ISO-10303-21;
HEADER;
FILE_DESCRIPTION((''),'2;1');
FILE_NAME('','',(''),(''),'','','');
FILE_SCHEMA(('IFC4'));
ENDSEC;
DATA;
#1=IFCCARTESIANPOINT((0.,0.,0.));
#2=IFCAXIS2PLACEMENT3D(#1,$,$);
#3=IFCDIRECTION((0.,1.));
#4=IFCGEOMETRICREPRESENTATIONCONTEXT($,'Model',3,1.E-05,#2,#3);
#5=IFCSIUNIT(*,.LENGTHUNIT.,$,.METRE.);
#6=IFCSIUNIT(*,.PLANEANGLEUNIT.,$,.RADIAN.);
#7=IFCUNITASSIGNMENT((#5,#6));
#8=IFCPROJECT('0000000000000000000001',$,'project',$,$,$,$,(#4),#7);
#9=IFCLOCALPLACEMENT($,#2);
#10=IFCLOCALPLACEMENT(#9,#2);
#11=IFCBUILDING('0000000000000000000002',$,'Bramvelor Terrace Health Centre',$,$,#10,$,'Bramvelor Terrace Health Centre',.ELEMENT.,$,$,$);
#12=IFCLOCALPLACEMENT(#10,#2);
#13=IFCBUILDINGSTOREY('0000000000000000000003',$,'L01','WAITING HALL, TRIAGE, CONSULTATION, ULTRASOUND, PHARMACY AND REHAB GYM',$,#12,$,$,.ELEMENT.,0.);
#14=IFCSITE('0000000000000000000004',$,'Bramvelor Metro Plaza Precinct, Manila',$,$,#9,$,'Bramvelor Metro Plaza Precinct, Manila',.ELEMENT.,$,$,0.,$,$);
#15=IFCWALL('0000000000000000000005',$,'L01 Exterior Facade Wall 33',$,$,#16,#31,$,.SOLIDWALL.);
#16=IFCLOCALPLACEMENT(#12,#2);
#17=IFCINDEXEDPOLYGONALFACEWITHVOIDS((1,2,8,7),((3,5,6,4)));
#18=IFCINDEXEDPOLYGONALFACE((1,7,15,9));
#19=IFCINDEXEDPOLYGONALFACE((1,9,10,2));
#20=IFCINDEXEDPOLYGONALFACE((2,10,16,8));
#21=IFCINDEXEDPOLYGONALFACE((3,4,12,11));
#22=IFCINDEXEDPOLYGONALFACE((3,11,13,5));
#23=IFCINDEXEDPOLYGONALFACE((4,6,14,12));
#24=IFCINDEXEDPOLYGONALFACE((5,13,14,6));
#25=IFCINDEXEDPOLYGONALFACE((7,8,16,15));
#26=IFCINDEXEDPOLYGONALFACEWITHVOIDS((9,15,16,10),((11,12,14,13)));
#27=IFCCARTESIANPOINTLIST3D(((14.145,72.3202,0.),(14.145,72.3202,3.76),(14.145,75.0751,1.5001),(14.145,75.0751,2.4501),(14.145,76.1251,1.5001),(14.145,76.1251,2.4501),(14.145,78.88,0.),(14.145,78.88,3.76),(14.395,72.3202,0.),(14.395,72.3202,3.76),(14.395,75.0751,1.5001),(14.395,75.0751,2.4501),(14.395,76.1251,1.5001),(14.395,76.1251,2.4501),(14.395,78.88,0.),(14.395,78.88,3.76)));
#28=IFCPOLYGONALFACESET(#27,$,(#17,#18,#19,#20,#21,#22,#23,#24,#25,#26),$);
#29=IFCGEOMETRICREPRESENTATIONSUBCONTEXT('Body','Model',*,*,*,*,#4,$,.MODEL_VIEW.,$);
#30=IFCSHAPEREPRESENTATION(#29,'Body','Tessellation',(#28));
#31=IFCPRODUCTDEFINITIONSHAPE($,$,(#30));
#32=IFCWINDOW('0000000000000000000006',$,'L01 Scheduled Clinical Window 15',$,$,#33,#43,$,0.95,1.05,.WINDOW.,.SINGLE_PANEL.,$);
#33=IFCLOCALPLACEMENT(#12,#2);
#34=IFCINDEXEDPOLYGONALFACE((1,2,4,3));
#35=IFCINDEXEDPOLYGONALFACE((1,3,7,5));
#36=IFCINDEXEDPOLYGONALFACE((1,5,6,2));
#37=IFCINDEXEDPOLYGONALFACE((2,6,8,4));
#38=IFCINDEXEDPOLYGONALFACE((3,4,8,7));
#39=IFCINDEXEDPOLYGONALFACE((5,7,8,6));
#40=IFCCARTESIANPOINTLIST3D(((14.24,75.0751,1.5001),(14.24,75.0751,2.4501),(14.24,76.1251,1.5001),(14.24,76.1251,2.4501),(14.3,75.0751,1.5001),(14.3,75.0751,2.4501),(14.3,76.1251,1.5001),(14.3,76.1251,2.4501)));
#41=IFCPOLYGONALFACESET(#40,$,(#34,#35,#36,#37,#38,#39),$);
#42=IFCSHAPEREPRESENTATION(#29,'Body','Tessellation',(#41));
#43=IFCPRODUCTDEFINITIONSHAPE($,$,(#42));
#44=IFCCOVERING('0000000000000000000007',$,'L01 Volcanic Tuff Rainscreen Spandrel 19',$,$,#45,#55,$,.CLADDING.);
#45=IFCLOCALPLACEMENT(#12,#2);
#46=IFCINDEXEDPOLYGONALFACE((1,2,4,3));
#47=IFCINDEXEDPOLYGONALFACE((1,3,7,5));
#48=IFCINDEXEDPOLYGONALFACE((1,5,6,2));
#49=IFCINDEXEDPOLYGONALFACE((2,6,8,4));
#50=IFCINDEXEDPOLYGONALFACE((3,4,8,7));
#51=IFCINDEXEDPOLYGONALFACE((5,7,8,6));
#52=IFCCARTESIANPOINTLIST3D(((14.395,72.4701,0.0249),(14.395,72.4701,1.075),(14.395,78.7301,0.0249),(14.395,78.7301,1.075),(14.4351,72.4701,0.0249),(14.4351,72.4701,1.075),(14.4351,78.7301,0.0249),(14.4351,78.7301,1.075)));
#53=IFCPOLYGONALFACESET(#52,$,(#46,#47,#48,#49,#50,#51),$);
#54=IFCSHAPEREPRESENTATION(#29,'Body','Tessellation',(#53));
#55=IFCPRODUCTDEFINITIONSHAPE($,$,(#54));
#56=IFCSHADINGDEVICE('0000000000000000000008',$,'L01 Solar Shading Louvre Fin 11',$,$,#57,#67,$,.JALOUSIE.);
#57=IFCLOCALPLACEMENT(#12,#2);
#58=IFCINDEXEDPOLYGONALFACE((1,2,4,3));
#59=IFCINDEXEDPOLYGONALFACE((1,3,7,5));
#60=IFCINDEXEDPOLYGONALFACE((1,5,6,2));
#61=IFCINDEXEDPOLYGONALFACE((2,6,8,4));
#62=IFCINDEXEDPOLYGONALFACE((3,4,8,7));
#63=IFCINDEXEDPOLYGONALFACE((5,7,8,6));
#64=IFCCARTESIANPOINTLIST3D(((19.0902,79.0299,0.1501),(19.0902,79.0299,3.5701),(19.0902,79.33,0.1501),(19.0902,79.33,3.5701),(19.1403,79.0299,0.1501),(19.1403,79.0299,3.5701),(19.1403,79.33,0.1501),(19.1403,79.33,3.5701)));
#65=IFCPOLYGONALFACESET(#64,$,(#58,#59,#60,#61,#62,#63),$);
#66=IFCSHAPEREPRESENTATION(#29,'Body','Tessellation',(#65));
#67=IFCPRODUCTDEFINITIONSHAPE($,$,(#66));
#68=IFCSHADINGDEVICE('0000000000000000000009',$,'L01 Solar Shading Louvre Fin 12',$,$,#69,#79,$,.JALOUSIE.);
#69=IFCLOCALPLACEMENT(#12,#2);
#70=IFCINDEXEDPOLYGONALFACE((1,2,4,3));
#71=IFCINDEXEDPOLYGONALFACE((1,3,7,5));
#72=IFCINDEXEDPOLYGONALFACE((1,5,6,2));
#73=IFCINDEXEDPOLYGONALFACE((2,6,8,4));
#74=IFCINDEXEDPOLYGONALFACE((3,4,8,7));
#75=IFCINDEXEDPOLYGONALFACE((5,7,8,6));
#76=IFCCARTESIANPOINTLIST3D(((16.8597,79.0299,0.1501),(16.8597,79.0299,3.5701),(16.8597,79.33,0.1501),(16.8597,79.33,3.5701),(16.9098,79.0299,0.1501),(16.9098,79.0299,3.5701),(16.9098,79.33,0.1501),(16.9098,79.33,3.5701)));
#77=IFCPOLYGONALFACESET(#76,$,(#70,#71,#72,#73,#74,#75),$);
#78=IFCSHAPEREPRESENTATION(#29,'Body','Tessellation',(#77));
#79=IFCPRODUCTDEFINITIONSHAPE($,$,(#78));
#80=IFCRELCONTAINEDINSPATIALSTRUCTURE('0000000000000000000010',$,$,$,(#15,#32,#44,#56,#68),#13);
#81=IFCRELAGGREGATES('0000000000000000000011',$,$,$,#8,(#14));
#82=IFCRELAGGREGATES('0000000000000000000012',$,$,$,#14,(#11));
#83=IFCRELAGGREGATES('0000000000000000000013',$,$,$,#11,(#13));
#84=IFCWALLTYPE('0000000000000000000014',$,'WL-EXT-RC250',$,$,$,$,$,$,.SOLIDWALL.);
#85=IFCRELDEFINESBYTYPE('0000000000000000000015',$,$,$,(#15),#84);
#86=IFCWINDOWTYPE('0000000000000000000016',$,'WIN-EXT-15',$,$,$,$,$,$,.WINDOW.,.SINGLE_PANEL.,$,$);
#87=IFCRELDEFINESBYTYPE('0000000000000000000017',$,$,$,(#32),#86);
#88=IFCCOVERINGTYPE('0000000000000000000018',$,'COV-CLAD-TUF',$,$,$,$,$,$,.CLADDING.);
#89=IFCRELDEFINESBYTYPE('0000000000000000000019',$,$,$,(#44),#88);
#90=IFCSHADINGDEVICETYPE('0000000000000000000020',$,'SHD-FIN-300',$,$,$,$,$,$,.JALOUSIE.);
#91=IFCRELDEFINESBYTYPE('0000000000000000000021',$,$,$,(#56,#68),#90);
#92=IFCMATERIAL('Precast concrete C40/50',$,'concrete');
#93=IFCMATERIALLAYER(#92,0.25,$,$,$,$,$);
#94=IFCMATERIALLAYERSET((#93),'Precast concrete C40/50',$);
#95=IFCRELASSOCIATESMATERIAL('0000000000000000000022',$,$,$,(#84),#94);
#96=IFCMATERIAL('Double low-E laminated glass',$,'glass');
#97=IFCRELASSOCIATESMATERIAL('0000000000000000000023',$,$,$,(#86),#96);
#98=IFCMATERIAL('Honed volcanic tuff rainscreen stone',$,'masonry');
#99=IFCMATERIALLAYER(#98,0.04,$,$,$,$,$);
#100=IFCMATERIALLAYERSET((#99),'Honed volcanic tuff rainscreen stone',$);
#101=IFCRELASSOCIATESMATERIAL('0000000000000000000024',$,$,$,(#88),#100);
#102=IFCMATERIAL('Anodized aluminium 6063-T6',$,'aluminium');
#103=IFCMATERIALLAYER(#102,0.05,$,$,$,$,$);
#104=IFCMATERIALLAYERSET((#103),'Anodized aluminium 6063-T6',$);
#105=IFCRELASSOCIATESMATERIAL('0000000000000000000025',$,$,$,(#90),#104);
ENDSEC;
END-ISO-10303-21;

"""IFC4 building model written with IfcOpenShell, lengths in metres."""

from ifc_helpers import new_model, si_unit, direction, frame, frame_2d, origin, origin_2d, place, context, subcontext, project, spatial, rectangle, extrude, material, layer, layer_set, type_object, element, fill, save


model = new_model("IFC4")

# Units and contexts
model_context = context("Model", 3, precision=1e-05, world=origin(), true_north=direction((0.0, 1.0)))
body_context = subcontext(model_context, "Body", "Model", "MODEL_VIEW")
ifc_project = project(units=[si_unit("LENGTHUNIT", "METRE"), si_unit("PLANEANGLEUNIT", "RADIAN")], contexts=[model_context])

# Site, building, storey
site_placement = place(None, origin())
site = spatial("IfcSite", under=ifc_project, at=site_placement, Name="Bramvelor Metro Plaza Precinct, Manila", LongName="Bramvelor Metro Plaza Precinct, Manila", CompositionType="ELEMENT", RefElevation=0.0)
building_placement = place(site_placement, origin())
building = spatial("IfcBuilding", under=site, at=building_placement, Name="Bramvelor Terrace Health Centre", LongName="Bramvelor Terrace Health Centre", CompositionType="ELEMENT")
storey_placement = place(building_placement, origin())
storey = spatial("IfcBuildingStorey", under=building, at=storey_placement, Name="L01", Description="WAITING HALL, TRIAGE, CONSULTATION, ULTRASOUND, PHARMACY AND REHAB GYM", CompositionType="ELEMENT", Elevation=0.0)

# Wall, opening, window
ifc_material_1 = material(Name="Precast concrete C40/50", Category="concrete")
ifc_layer_1 = layer(ifc_material_1, 0.25)
ifc_layer_set_1 = layer_set([ifc_layer_1], Name="Precast concrete C40/50")
wall_type = type_object("IfcWallType", Name="WL-EXT-RC250", PredefinedType="SOLIDWALL", material=ifc_layer_set_1)
wall_placement = place(storey_placement, frame((14.27, 78.8799, 0.0), z_axis=(0.0, 0.0, 1.0), x_axis=(0.0, -1.0, 0.0)))
wall = element("IfcWall", 1, at=wall_placement, inside=storey, type_object=wall_type, Name="L01 Exterior Facade Wall 33", PredefinedType="SOLIDWALL", context=body_context, shape_type="SweptSolid", body=[
    extrude(rectangle(XDim=6.5598, YDim=0.25, at=frame_2d((3.2798, 0.0))), origin(), (0.0, 0.0, 1.0), 3.76),
])
opening_placement = place(wall_placement, frame((2.7549, 0.0, 1.5)))
opening = element("IfcOpeningElement", 2, at=opening_placement, cuts=wall, PredefinedType="OPENING", context=body_context, shape_type="SweptSolid", body=[
    extrude(rectangle(XDim=1.05, YDim=0.95, at=frame_2d((0.5249, 0.4751))), frame((0.0, 0.135, 0.0), z_axis=(0.0, -1.0, 0.0), x_axis=(1.0, 0.0, 0.0)), (0.0, 0.0, 1.0), 0.27),
])
ifc_material_2 = material(Name="Double low-E laminated glass", Category="glass")
window_type = type_object("IfcWindowType", Name="WIN-EXT-15", PartitioningType="SINGLE_PANEL", PredefinedType="WINDOW", material=ifc_material_2)
window_placement = place(opening_placement, origin())
window = element("IfcWindow", 3, at=window_placement, inside=storey, type_object=window_type, Name="L01 Scheduled Clinical Window 15", OverallHeight=0.95, OverallWidth=1.05, PartitioningType="SINGLE_PANEL", PredefinedType="WINDOW", context=body_context, shape_type="SweptSolid", body=[
    extrude(rectangle(XDim=1.05, YDim=0.95, at=frame_2d((0.5249, 0.4751))), frame((0.0, 0.03, 0.0), z_axis=(0.0, -1.0, 0.0), x_axis=(1.0, 0.0, 0.0)), (0.0, 0.0, 1.0), 0.0601),
])
fill(opening, window)

# Covering
ifc_material_3 = material(Name="Honed volcanic tuff rainscreen stone", Category="masonry")
ifc_layer_2 = layer(ifc_material_3, 0.04)
ifc_layer_set_2 = layer_set([ifc_layer_2], Name="Honed volcanic tuff rainscreen stone")
covering_type = type_object("IfcCoveringType", Name="COV-CLAD-TUF", PredefinedType="CLADDING", material=ifc_layer_set_2)
covering_placement = place(storey_placement, frame((14.415, 75.6001, 0.0249), z_axis=(0.0, 0.0, 1.0), x_axis=(1.0, 0.0, 0.0)))
element("IfcCovering", 4, at=covering_placement, inside=storey, type_object=covering_type, Name="L01 Volcanic Tuff Rainscreen Spandrel 19", PredefinedType="CLADDING", context=body_context, shape_type="SweptSolid", body=[
    extrude(rectangle(XDim=0.04, YDim=6.26, at=origin_2d()), origin(), (0.0, 0.0, 1.0), 1.05),
])

# Shading devices
ifc_material_4 = material(Name="Anodized aluminium 6063-T6", Category="aluminium")
ifc_layer_3 = layer(ifc_material_4, 0.05)
ifc_layer_set_3 = layer_set([ifc_layer_3], Name="Anodized aluminium 6063-T6")
shading_device_type = type_object("IfcShadingDeviceType", Name="SHD-FIN-300", PredefinedType="JALOUSIE", material=ifc_layer_set_3)
for number, where, z_axis, x_axis, name in (
    (5, (19.1152, 79.1799, 0.1501), (0.0, 0.0, 1.0), (1.0, 0.0, 0.0), "L01 Solar Shading Louvre Fin 11"),
    (6, (16.8848, 79.1799, 0.1501), (0.0, 0.0, 1.0), (1.0, 0.0, 0.0), "L01 Solar Shading Louvre Fin 12"),
):
    element("IfcShadingDevice", number, at=place(storey_placement, frame(where, z_axis=z_axis, x_axis=x_axis)), inside=storey, type_object=shading_device_type, Name=name, PredefinedType="JALOUSIE", context=body_context, shape_type="SweptSolid", body=[
        extrude(rectangle(XDim=0.05, YDim=0.3, at=origin_2d()), origin(), (0.0, 0.0, 1.0), 3.4199),
    ])

save(model, "model.ifc")
